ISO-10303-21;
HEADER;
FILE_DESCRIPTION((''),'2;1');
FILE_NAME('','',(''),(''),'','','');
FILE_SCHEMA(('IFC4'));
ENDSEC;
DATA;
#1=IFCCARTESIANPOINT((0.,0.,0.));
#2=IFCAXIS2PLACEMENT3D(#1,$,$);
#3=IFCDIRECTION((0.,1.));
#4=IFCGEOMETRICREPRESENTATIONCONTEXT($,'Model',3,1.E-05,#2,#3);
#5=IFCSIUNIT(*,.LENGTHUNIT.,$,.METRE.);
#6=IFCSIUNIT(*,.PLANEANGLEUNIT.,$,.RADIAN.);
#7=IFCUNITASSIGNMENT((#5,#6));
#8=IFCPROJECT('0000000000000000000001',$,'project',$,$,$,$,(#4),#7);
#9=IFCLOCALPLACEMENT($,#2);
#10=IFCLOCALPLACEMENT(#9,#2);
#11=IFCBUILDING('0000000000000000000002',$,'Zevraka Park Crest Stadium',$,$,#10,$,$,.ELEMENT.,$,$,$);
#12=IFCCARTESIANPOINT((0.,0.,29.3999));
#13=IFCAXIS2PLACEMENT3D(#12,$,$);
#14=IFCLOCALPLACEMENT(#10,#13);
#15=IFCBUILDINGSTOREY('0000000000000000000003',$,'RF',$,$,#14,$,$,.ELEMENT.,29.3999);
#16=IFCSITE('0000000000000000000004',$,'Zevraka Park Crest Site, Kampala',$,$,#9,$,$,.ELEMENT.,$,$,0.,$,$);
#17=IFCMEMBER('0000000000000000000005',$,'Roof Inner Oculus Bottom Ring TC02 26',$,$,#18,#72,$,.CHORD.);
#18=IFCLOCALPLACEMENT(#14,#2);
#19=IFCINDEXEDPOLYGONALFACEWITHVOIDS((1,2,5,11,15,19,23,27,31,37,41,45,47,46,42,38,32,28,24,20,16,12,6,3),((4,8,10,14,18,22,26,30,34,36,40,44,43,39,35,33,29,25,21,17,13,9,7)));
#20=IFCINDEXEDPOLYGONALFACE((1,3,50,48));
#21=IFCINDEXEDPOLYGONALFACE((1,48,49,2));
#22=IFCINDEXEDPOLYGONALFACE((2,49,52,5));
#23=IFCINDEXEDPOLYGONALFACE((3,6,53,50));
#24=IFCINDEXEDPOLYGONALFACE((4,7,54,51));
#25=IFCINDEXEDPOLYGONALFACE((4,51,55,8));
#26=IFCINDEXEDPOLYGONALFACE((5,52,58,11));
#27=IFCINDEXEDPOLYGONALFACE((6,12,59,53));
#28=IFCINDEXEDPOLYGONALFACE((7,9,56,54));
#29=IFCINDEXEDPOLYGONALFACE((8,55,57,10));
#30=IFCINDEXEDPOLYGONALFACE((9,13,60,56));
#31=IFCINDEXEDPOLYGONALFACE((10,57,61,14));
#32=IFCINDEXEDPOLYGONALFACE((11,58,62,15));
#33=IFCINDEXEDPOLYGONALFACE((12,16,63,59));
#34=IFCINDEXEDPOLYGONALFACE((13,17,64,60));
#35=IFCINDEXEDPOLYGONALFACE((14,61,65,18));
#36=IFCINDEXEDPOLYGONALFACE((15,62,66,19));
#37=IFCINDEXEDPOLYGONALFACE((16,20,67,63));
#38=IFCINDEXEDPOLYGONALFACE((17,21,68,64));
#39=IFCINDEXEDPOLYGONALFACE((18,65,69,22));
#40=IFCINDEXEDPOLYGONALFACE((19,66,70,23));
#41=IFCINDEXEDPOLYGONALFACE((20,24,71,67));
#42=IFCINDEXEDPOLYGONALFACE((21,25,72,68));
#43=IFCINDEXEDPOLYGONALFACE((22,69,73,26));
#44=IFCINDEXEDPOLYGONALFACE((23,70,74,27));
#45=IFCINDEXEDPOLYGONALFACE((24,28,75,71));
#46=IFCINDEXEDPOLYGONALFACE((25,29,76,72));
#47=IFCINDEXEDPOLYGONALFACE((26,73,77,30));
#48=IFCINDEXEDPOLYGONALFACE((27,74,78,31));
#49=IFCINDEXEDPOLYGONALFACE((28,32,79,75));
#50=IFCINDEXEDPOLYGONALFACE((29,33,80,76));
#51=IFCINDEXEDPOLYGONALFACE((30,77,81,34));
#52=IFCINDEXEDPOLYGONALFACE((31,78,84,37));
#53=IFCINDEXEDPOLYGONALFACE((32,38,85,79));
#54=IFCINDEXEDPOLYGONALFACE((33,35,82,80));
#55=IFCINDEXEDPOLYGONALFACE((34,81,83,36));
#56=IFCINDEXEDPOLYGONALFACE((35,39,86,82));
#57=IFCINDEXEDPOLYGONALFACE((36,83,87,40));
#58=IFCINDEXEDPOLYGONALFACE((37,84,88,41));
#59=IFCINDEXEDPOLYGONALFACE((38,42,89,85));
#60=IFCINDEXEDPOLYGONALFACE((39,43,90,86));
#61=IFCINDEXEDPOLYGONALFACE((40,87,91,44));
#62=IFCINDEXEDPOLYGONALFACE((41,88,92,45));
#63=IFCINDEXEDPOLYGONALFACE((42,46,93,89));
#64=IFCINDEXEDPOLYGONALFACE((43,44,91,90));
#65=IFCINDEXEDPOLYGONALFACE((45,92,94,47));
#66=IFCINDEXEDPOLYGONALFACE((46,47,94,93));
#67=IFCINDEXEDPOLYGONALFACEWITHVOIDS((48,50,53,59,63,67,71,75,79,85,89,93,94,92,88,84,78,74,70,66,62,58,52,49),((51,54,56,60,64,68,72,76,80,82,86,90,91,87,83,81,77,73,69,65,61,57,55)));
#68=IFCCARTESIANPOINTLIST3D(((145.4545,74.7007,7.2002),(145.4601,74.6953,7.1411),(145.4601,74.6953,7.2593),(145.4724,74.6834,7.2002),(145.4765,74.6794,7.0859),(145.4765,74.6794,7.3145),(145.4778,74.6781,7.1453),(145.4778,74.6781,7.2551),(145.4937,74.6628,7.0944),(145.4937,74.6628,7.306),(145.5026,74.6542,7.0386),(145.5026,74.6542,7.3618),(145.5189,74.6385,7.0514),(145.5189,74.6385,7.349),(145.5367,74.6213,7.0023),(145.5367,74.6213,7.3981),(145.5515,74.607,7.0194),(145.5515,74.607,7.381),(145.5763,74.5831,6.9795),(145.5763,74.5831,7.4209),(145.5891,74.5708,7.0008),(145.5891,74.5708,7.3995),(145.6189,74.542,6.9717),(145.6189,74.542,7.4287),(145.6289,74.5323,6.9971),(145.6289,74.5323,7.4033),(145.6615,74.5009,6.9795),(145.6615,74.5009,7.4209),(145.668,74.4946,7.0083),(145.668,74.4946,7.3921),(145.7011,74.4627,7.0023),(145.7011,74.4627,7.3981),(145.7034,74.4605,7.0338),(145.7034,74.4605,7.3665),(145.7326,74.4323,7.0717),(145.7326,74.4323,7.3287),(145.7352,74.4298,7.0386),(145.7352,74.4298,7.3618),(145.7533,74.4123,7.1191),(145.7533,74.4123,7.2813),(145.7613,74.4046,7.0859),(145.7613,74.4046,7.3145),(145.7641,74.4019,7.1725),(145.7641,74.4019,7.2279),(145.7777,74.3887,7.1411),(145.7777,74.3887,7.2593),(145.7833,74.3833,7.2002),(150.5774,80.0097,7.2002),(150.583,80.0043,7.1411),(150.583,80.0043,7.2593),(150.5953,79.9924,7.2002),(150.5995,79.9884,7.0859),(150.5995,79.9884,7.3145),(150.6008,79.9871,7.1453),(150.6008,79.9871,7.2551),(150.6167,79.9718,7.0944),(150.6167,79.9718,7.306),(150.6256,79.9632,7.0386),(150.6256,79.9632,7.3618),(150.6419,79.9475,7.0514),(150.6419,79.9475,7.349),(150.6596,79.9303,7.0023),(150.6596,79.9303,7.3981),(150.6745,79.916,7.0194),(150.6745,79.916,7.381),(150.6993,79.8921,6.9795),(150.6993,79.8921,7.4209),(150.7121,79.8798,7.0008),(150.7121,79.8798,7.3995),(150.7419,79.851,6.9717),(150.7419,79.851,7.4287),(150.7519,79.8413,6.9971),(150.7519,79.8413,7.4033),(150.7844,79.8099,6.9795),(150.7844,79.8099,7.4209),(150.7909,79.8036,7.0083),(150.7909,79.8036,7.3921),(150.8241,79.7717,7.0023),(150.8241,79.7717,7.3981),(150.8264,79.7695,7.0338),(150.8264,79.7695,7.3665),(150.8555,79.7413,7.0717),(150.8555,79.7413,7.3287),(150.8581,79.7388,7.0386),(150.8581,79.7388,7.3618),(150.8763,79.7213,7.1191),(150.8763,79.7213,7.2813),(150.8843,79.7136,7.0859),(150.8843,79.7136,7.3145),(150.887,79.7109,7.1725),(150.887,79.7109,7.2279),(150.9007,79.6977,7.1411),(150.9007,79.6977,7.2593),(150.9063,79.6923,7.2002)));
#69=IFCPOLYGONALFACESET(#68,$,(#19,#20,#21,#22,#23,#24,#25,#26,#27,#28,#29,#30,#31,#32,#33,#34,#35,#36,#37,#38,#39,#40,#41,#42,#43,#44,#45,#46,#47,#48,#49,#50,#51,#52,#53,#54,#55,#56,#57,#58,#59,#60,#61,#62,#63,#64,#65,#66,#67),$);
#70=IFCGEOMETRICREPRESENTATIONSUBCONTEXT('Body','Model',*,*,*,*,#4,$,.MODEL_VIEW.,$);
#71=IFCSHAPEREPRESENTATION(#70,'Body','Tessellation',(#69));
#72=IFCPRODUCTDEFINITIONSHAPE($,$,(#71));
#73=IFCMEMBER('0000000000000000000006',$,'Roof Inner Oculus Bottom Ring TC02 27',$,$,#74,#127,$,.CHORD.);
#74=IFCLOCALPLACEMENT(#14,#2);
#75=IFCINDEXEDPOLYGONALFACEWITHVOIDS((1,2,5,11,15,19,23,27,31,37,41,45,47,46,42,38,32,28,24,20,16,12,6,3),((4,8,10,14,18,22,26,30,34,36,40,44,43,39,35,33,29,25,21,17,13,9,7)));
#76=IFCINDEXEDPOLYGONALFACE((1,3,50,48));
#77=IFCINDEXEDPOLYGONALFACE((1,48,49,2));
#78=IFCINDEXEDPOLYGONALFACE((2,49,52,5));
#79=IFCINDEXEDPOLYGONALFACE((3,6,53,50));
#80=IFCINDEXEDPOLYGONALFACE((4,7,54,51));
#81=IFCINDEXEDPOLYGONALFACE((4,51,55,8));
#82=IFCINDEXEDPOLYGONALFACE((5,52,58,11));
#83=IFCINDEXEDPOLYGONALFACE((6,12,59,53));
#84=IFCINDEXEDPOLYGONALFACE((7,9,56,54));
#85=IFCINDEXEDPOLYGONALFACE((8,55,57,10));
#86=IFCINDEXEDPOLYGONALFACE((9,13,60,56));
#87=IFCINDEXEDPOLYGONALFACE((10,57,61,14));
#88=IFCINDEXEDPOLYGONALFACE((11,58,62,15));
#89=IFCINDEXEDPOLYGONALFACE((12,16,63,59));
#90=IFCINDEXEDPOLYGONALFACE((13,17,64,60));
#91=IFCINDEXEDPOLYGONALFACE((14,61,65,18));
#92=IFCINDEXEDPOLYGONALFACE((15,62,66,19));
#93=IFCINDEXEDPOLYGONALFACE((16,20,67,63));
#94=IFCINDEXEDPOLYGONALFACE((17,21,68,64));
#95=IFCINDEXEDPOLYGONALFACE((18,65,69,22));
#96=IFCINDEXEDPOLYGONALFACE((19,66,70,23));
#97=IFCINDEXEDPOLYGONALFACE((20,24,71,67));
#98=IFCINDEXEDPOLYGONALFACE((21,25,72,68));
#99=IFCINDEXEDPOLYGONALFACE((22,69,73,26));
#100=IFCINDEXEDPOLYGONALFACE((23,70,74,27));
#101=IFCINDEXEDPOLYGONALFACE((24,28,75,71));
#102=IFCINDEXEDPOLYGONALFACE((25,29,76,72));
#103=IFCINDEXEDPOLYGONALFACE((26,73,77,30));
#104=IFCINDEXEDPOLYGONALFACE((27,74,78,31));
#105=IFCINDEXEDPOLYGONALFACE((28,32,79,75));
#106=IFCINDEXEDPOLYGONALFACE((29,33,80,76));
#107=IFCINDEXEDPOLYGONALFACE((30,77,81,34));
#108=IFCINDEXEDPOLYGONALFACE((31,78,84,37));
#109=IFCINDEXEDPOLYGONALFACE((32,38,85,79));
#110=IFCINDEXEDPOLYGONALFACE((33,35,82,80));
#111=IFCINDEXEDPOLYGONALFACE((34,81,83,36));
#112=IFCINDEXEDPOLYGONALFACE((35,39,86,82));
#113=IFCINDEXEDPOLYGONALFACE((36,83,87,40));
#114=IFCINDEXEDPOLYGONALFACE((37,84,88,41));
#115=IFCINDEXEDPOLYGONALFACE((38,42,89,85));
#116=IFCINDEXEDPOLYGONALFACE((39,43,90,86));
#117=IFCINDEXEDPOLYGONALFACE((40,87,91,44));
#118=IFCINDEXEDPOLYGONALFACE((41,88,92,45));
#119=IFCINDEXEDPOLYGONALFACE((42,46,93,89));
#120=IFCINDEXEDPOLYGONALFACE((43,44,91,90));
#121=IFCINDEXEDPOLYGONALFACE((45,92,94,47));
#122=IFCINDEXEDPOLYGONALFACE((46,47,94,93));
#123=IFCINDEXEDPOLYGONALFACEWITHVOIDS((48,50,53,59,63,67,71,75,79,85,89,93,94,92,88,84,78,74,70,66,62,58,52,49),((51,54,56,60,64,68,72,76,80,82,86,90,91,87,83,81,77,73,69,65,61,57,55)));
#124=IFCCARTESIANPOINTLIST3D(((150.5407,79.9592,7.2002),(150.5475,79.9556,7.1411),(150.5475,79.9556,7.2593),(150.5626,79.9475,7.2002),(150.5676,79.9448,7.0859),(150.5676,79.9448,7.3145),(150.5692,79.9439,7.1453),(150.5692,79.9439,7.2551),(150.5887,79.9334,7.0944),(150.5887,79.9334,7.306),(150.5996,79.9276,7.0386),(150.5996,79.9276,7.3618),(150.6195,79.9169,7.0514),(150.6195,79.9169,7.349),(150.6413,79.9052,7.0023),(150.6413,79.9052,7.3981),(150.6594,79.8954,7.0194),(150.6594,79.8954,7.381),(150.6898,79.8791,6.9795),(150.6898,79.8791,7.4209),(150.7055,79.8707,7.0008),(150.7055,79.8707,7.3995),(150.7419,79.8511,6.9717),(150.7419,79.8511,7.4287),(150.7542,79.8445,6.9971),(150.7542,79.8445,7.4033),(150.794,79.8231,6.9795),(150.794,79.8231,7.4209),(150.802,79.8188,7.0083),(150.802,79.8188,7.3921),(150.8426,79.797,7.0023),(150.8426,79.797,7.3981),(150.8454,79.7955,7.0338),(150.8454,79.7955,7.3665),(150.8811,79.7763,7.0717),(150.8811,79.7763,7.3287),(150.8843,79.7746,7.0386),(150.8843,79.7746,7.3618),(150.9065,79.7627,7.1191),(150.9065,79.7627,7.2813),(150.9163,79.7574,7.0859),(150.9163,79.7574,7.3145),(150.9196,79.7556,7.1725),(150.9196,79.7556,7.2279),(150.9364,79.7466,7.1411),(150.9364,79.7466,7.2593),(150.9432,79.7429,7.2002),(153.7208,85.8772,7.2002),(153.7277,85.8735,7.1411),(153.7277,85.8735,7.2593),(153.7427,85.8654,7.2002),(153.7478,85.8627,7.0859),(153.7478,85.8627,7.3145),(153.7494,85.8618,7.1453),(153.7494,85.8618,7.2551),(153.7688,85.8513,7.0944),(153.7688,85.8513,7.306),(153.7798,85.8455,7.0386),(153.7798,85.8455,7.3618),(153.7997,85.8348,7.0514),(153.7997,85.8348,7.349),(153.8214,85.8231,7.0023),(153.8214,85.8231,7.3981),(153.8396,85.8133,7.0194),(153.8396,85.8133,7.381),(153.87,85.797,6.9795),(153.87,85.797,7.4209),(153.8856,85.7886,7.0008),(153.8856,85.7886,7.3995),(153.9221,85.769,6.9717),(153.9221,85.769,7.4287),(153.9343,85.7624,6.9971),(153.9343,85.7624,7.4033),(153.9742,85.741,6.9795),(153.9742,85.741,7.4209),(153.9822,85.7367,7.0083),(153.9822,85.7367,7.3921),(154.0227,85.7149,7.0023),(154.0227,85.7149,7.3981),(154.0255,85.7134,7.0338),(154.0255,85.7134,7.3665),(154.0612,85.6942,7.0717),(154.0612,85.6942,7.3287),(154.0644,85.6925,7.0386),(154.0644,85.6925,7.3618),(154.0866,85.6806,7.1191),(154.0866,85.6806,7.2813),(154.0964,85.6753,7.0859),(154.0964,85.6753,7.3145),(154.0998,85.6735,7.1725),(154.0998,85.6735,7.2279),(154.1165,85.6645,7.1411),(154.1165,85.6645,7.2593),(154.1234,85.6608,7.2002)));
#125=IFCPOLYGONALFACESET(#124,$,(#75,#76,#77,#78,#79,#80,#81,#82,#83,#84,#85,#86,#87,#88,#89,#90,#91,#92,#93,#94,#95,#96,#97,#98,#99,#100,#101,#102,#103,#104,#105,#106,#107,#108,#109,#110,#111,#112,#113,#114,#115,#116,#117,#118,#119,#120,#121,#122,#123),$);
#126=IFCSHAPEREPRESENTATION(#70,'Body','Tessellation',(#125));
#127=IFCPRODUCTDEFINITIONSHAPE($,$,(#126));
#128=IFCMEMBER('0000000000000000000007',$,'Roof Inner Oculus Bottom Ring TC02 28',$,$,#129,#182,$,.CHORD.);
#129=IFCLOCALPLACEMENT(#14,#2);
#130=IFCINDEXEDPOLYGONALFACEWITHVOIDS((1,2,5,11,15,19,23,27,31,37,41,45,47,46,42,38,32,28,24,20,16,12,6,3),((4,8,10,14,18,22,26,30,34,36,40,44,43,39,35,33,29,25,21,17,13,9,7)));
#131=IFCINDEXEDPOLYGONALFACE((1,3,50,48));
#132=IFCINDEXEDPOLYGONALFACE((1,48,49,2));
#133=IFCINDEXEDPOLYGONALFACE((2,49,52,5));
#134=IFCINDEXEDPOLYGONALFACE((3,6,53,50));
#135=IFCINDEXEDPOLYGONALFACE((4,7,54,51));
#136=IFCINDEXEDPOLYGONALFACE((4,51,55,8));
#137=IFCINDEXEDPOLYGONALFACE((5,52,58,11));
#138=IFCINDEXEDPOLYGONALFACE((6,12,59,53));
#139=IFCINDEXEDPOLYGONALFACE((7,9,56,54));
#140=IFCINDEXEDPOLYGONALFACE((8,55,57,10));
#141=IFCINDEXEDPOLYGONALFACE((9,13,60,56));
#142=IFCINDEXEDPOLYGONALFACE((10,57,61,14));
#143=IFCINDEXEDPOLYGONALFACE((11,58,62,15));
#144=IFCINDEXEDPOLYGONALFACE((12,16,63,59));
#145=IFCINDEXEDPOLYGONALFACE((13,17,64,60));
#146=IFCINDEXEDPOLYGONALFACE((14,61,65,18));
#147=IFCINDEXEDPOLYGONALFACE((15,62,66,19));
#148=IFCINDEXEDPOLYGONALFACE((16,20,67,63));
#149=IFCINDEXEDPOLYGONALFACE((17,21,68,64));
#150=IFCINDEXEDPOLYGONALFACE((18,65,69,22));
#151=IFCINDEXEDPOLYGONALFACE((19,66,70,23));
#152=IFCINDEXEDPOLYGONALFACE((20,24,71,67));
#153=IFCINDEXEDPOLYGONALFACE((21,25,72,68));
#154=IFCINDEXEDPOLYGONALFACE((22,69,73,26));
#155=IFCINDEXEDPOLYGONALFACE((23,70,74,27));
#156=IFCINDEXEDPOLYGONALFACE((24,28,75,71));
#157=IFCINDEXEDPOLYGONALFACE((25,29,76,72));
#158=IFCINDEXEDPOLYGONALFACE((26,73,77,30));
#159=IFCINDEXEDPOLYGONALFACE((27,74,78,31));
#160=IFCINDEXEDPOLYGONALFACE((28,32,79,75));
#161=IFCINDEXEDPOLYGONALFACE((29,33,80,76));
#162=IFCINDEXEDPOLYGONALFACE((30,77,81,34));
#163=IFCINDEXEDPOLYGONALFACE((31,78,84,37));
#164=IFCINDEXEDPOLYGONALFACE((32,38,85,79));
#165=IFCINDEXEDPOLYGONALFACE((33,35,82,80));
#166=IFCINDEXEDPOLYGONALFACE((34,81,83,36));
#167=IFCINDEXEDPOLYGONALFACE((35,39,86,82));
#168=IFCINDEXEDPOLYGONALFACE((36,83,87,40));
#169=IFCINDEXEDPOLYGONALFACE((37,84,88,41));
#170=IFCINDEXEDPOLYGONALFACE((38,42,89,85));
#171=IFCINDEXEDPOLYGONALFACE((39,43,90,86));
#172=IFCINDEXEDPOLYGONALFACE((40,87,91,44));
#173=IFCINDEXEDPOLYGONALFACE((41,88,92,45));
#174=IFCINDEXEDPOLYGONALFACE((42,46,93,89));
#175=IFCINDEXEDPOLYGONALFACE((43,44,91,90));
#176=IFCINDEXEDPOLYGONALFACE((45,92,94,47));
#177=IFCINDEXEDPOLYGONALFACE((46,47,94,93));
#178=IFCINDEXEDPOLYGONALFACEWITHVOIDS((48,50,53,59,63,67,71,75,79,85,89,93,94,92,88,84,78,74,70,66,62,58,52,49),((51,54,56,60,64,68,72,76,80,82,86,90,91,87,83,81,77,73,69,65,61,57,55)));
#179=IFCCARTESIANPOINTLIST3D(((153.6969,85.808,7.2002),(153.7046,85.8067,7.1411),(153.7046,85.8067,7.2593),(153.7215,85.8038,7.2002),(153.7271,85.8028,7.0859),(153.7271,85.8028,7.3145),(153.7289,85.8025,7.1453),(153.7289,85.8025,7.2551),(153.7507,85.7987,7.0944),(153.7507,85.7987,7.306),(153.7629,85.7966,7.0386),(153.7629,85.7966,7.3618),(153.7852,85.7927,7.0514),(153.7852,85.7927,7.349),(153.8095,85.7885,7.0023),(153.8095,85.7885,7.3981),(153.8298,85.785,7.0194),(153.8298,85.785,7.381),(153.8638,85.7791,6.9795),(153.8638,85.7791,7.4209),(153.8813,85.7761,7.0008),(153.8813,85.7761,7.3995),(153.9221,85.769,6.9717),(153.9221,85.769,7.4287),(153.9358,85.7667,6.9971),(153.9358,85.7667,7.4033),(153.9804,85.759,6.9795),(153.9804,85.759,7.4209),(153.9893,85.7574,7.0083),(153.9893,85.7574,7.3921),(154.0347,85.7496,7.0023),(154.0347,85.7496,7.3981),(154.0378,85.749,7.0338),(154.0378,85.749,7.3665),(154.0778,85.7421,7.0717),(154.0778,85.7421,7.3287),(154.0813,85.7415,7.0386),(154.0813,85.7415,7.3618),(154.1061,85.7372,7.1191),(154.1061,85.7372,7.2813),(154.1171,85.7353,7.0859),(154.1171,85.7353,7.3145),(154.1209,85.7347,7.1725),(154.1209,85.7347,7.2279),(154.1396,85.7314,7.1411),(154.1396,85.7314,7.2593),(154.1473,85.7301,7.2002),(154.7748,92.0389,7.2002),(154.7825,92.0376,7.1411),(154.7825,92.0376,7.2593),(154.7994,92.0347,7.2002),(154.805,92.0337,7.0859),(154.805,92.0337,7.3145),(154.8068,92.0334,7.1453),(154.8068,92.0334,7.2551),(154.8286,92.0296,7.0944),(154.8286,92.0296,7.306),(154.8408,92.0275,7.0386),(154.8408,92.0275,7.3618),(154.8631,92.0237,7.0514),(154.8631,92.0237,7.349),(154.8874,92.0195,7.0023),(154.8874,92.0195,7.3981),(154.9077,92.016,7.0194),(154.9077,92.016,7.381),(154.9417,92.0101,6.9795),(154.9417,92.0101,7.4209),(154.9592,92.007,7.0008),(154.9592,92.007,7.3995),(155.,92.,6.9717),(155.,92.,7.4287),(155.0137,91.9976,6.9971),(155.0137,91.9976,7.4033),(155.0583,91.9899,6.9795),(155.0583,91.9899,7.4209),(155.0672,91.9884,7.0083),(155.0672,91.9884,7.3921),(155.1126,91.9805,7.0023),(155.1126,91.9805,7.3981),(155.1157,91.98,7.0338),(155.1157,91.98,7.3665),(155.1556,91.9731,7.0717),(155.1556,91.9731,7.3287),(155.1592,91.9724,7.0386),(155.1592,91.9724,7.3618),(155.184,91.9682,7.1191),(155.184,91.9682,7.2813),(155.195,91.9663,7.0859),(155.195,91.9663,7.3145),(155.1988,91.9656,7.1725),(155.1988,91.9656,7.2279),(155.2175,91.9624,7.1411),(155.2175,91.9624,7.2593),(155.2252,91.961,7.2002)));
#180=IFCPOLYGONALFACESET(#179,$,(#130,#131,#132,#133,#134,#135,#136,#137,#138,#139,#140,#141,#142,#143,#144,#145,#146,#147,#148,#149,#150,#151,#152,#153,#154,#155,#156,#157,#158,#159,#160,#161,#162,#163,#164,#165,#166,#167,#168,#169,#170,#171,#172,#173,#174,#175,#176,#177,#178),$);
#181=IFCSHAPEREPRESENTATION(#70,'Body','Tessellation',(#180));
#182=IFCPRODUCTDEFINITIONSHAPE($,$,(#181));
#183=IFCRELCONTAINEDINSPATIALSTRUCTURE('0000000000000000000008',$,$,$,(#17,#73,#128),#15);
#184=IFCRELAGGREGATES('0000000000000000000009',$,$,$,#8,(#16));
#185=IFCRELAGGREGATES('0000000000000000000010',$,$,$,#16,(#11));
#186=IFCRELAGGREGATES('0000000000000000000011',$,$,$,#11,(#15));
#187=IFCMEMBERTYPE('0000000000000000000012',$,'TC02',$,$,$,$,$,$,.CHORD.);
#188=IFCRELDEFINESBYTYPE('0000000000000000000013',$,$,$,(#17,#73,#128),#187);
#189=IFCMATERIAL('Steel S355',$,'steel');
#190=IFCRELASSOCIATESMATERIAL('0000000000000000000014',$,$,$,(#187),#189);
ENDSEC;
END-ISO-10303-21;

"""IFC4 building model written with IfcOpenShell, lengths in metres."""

from ifc_helpers import new_model, si_unit, direction, frame, origin, origin_2d, place, context, subcontext, project, spatial, hollow_circle, extrude, material, material_profile, profile_set, type_object, element, save


model = new_model("IFC4")

# Units and contexts
model_context = context("Model", 3, precision=1e-05, world=origin(), true_north=direction((0.0, 1.0)))
body_context = subcontext(model_context, "Body", "Model", "MODEL_VIEW")
ifc_project = project(units=[si_unit("LENGTHUNIT", "METRE"), si_unit("PLANEANGLEUNIT", "RADIAN")], contexts=[model_context])

# Site, building, storey
site_placement = place(None, origin())
site = spatial("IfcSite", under=ifc_project, at=site_placement, Name="Zevraka Park Crest Site, Kampala", CompositionType="ELEMENT", RefElevation=0.0)
building_placement = place(site_placement, origin())
building = spatial("IfcBuilding", under=site, at=building_placement, Name="Zevraka Park Crest Stadium", CompositionType="ELEMENT")
storey_placement = place(building_placement, frame((0.0, 0.0, 29.3999)))
storey = spatial("IfcBuildingStorey", under=building, at=storey_placement, Name="RF", CompositionType="ELEMENT", Elevation=29.3999)

# Members
ifc_material_1 = material(Name="Steel S355", Category="steel")
ifc_material_profile_1 = material_profile(ifc_material_1, hollow_circle(Radius=0.2285, WallThickness=0.0249, at=origin_2d()), Name="CHS 457.0x25")
ifc_profile_set_1 = profile_set([ifc_material_profile_1], Name="Steel S355")
member_type_1 = type_object("IfcMemberType", Name="TC02", PredefinedType="CHORD", material=ifc_profile_set_1)
member_1_placement = place(storey_placement, frame((145.6189, 74.542, 7.2002), z_axis=(0.694387, 0.719602, 0.0), x_axis=(-0.719602, 0.694387, 0.0)))
element("IfcMember", 1, at=member_1_placement, inside=storey, type_object=member_type_1, Name="Roof Inner Oculus Bottom Ring TC02 26", PredefinedType="CHORD", context=body_context, shape_type="SweptSolid", body=[
    extrude(hollow_circle(Radius=0.2285, WallThickness=0.0249, at=origin_2d()), origin(), (0.0, 0.0, 1.0), 7.3777),
])
member_2_placement = place(storey_placement, frame((150.7419, 79.8511, 7.2002), z_axis=(0.473359, 0.88087, 0.0), x_axis=(-0.88087, 0.473359, 0.0)))
element("IfcMember", 2, at=member_2_placement, inside=storey, type_object=member_type_1, Name="Roof Inner Oculus Bottom Ring TC02 27", PredefinedType="CHORD", context=body_context, shape_type="SweptSolid", body=[
    extrude(hollow_circle(Radius=0.2285, WallThickness=0.0249, at=origin_2d()), origin(), (0.0, 0.0, 1.0), 6.7183),
])
member_3_placement = place(storey_placement, frame((153.9221, 85.769, 7.2002), z_axis=(0.170456, 0.985365, 0.0), x_axis=(-0.985365, 0.170456, 0.0)))
element("IfcMember", 3, at=member_3_placement, inside=storey, type_object=member_type_1, Name="Roof Inner Oculus Bottom Ring TC02 28", PredefinedType="CHORD", context=body_context, shape_type="SweptSolid", body=[
    extrude(hollow_circle(Radius=0.2285, WallThickness=0.0249, at=origin_2d()), origin(), (0.0, 0.0, 1.0), 6.3235),
])

save(model, "model.ifc")
